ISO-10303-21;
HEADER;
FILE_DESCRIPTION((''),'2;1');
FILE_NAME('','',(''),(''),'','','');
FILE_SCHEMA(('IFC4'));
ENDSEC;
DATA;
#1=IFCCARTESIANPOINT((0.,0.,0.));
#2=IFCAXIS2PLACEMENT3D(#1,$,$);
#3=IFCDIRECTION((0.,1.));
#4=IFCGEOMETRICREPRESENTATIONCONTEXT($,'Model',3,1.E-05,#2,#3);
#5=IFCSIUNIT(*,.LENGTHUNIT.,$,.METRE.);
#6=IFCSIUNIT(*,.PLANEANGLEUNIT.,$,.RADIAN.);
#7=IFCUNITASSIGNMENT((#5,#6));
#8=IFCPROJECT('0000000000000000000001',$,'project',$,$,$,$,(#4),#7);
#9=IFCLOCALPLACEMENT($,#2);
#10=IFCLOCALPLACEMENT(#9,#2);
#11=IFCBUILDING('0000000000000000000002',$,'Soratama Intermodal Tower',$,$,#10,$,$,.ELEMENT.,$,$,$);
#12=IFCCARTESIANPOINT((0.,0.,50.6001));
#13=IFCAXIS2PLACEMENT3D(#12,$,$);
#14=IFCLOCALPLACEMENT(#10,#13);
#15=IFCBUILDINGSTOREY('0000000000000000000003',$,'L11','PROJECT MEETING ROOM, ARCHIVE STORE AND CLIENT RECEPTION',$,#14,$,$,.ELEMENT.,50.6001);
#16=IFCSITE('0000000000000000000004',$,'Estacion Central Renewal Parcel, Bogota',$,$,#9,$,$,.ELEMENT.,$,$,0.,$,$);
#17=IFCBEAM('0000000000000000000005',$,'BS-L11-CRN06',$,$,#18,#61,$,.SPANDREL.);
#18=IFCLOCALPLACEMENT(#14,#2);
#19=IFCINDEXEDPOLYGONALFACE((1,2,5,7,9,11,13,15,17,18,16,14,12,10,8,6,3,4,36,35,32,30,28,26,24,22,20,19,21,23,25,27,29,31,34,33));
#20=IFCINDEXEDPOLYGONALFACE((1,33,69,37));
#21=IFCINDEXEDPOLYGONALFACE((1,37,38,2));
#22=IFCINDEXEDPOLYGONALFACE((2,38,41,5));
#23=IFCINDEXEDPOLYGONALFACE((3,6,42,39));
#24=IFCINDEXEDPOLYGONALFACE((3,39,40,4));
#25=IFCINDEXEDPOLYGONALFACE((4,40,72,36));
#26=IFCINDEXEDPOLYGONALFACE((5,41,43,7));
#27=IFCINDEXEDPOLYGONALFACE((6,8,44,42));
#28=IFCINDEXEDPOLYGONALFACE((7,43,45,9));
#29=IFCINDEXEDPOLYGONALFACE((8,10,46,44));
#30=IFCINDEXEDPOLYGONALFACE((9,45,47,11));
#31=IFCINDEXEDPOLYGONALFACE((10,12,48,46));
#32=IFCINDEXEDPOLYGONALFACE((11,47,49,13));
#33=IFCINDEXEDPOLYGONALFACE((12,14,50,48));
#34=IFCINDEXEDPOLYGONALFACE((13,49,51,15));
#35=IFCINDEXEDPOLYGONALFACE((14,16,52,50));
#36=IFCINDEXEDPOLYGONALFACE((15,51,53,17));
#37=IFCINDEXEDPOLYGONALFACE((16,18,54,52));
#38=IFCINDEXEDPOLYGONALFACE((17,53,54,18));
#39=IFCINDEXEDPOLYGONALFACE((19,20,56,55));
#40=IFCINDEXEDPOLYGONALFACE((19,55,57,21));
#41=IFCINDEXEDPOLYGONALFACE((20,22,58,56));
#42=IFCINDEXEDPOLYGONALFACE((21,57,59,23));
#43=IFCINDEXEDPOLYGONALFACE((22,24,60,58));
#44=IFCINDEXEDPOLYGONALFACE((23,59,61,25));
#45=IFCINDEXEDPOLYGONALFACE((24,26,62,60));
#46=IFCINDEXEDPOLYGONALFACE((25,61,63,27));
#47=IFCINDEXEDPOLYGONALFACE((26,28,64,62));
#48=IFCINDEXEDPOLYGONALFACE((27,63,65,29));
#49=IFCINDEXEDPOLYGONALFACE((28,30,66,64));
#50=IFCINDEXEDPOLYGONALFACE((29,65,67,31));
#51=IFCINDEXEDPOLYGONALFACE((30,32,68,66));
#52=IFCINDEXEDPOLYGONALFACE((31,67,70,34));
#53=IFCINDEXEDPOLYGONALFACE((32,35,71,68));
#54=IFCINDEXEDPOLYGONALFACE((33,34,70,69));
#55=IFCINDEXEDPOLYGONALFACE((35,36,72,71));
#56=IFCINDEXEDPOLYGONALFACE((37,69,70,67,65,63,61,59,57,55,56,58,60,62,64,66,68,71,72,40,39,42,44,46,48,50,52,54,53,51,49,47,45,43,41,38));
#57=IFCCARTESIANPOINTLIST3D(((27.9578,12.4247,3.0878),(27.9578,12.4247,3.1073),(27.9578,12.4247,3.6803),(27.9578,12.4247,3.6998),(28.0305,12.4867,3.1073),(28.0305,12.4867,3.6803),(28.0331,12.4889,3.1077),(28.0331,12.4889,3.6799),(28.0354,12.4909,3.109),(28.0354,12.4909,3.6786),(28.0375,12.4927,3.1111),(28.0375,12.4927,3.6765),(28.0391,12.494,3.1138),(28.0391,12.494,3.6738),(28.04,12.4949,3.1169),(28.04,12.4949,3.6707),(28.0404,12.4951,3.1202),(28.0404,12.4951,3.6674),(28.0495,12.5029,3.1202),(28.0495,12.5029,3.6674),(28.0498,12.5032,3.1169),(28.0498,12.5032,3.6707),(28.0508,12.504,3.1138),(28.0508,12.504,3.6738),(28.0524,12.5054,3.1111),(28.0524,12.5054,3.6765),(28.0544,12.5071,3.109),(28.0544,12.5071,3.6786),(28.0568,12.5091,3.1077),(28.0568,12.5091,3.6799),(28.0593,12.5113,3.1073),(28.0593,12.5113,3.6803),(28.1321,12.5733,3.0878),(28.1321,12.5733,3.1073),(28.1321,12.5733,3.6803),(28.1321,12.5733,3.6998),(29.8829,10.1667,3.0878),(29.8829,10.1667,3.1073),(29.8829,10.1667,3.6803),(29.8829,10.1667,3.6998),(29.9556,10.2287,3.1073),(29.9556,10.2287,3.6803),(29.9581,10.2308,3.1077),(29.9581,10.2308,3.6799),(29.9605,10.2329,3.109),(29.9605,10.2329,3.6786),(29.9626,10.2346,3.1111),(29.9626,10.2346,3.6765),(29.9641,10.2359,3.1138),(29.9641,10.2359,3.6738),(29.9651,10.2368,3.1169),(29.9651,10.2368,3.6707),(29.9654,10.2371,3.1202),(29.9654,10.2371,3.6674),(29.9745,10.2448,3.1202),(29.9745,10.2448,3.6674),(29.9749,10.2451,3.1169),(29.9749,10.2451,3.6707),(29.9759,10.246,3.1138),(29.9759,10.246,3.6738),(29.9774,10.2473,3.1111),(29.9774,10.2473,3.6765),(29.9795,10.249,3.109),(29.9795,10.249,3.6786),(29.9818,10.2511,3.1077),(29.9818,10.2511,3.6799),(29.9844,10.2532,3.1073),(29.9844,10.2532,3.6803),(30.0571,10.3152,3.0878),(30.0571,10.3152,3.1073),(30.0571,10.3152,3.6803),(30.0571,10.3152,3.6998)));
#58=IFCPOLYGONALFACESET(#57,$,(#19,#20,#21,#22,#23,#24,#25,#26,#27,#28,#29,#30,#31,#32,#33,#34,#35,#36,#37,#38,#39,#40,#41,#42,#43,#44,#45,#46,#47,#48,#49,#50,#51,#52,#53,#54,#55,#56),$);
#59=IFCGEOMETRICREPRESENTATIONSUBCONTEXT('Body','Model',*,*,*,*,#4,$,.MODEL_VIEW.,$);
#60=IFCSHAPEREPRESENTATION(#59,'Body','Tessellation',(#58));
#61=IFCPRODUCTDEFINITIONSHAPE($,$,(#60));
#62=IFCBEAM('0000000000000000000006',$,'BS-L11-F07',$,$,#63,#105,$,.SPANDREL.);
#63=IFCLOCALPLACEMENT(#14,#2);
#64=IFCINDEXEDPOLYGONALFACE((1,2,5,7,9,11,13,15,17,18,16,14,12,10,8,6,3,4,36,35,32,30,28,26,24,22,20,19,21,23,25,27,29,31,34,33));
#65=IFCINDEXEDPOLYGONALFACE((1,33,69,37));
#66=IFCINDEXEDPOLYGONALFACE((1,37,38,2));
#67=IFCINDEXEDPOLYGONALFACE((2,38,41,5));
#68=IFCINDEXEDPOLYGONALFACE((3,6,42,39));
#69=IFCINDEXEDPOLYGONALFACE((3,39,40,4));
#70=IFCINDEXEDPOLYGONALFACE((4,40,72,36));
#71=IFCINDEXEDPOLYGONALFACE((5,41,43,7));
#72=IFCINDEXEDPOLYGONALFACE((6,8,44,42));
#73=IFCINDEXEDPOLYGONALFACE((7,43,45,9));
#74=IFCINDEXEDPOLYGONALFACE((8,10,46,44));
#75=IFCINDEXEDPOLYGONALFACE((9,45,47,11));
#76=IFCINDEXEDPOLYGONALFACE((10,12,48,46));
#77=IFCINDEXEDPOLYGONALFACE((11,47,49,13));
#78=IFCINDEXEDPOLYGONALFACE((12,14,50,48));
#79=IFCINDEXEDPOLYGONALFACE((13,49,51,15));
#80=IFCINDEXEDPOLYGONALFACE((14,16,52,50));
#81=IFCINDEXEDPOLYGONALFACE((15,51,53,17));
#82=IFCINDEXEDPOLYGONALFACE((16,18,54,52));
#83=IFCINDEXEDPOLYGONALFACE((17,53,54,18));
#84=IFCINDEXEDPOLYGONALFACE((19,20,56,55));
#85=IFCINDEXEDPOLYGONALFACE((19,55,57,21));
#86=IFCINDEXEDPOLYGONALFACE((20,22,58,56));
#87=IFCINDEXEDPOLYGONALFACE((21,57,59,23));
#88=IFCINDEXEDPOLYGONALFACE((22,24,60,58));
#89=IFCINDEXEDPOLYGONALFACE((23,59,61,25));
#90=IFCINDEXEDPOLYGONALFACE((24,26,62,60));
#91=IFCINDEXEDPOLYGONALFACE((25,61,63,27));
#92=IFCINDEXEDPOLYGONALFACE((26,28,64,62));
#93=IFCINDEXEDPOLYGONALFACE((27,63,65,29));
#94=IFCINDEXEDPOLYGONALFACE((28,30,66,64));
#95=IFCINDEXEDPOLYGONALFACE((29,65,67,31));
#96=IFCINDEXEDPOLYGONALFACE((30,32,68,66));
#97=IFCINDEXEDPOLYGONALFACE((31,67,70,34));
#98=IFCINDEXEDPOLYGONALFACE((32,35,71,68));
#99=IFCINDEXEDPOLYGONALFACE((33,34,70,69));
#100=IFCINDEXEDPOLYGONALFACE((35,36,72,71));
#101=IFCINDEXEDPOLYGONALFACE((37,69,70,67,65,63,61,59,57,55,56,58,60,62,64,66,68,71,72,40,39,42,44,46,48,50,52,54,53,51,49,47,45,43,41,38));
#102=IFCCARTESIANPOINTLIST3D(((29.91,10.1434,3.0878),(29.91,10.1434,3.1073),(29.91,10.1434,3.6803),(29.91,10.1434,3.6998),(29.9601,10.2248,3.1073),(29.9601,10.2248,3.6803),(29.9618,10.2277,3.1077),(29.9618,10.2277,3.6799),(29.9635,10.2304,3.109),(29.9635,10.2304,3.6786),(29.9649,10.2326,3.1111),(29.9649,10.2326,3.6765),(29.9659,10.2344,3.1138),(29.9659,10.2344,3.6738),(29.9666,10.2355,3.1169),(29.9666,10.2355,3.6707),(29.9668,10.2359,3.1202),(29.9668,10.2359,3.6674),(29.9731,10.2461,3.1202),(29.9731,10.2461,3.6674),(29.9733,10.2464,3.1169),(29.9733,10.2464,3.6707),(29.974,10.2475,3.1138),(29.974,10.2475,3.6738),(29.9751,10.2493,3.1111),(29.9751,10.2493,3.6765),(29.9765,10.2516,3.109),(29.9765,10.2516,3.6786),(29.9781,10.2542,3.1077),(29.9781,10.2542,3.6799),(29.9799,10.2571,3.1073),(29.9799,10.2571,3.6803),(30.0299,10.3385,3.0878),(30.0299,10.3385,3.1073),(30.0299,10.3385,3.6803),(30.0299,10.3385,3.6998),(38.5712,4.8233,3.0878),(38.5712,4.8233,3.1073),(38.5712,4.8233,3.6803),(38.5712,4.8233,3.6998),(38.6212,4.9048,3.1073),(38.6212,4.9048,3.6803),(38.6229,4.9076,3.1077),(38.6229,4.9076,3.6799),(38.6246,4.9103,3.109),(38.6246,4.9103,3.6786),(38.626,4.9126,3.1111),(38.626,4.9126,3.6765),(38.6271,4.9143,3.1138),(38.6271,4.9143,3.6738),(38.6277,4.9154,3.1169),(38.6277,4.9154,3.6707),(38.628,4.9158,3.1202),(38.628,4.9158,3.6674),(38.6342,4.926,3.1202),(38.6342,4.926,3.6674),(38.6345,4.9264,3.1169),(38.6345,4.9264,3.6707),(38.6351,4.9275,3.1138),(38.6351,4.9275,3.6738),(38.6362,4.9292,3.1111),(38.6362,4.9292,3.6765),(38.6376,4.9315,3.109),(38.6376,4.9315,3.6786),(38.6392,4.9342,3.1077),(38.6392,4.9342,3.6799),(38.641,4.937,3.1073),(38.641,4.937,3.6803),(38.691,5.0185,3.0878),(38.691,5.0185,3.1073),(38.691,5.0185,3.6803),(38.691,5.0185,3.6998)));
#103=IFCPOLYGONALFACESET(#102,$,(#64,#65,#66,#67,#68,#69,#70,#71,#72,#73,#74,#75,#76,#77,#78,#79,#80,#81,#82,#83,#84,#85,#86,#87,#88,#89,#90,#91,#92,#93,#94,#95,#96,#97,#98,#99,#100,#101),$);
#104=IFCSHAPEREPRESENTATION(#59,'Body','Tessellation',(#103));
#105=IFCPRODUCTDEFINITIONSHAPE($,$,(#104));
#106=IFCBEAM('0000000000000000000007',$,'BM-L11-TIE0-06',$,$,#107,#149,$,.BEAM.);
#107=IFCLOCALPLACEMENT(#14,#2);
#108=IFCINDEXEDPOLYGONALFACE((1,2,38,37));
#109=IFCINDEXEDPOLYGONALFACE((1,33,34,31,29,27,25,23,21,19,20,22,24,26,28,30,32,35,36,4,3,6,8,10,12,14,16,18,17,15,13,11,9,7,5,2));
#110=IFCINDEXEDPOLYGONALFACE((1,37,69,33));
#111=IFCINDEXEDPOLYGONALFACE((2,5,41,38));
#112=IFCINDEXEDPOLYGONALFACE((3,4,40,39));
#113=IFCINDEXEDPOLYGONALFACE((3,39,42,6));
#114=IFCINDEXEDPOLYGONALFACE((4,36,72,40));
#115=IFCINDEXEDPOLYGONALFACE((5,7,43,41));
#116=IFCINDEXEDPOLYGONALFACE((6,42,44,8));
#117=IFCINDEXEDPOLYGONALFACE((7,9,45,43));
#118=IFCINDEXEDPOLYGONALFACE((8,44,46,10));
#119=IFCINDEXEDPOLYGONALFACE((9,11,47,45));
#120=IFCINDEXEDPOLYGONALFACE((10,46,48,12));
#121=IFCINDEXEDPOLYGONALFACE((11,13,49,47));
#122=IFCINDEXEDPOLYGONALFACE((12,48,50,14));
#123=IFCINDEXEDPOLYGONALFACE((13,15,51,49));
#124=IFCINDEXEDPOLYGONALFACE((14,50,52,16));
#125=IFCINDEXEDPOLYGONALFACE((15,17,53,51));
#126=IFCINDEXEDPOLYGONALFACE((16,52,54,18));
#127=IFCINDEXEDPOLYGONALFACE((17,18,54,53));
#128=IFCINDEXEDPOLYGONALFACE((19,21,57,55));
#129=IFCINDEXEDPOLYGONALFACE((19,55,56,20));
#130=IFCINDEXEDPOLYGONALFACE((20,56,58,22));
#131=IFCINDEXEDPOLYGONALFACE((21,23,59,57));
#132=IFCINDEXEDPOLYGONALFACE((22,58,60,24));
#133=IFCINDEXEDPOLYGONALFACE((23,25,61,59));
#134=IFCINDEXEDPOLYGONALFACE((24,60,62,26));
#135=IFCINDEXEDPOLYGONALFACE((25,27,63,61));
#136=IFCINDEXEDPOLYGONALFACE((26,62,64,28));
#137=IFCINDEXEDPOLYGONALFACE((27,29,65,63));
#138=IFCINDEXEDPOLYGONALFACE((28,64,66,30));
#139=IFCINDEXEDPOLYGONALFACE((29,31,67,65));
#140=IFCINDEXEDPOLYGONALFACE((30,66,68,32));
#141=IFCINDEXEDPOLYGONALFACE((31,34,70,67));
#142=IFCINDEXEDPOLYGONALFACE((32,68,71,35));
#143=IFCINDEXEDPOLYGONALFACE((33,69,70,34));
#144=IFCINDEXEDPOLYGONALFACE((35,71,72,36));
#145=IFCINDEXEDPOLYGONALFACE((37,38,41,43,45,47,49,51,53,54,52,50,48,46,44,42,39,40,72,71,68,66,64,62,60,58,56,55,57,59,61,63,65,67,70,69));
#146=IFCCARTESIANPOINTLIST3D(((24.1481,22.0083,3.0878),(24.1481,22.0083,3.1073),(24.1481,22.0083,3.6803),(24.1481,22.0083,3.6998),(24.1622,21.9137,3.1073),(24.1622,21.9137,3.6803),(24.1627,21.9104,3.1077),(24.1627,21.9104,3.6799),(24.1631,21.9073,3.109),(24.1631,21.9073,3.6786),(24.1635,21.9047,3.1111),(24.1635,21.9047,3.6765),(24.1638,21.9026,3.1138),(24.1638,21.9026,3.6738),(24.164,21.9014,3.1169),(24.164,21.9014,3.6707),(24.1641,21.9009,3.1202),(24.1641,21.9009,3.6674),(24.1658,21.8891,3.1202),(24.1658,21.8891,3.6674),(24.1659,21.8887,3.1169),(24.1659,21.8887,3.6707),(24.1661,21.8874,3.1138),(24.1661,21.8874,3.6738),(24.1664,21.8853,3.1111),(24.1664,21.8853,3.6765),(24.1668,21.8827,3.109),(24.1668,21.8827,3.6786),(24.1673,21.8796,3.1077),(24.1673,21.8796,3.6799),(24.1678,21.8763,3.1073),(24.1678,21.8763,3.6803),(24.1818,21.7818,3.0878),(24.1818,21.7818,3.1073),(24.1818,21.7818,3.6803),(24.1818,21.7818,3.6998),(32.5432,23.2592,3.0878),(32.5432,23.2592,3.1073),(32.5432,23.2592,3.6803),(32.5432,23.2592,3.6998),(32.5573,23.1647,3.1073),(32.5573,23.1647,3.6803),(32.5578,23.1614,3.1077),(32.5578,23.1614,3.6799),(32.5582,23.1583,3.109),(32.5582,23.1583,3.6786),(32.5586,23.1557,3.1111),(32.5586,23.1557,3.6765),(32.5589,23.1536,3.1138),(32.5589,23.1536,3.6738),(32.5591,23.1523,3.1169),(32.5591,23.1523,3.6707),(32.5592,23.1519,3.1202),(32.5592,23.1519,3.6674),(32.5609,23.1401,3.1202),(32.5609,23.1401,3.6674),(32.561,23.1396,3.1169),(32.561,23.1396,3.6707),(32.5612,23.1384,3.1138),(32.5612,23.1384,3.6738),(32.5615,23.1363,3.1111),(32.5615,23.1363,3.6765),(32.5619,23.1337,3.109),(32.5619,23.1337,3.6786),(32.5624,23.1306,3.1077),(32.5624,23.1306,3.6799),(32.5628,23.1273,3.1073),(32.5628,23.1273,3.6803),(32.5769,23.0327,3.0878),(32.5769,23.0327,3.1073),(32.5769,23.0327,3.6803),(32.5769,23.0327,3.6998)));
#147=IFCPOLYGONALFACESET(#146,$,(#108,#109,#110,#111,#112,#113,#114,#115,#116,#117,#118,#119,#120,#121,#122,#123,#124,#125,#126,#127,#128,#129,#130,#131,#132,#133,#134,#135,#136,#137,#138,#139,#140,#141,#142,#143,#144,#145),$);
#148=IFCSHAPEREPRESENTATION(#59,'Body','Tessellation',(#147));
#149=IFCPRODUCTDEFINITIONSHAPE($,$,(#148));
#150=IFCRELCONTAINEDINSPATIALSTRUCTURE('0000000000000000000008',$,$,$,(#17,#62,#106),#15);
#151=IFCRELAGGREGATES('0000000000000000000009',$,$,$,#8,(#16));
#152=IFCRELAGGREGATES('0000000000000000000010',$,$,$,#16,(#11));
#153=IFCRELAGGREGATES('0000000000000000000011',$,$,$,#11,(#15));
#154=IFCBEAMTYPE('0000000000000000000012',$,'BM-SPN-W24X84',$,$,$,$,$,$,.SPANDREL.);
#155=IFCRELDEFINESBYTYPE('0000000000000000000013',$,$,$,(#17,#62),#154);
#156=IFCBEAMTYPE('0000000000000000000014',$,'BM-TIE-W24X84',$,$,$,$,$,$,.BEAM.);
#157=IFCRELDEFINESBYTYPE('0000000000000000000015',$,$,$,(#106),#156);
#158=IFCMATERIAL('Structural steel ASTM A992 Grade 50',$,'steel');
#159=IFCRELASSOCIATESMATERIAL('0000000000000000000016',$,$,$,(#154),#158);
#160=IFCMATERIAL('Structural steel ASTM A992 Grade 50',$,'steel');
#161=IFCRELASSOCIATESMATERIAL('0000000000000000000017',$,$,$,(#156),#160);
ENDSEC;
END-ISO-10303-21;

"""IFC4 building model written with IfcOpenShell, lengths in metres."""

from ifc_helpers import new_model, si_unit, direction, frame, origin, origin_2d, place, context, subcontext, project, spatial, i_section, extrude, material, material_profile, profile_set, type_object, element, save


model = new_model("IFC4")

# Units and contexts
model_context = context("Model", 3, precision=1e-05, world=origin(), true_north=direction((0.0, 1.0)))
body_context = subcontext(model_context, "Body", "Model", "MODEL_VIEW")
ifc_project = project(units=[si_unit("LENGTHUNIT", "METRE"), si_unit("PLANEANGLEUNIT", "RADIAN")], contexts=[model_context])

# Site, building, storey
site_placement = place(None, origin())
site = spatial("IfcSite", under=ifc_project, at=site_placement, Name="Estacion Central Renewal Parcel, Bogota", CompositionType="ELEMENT", RefElevation=0.0)
building_placement = place(site_placement, origin())
building = spatial("IfcBuilding", under=site, at=building_placement, Name="Soratama Intermodal Tower", CompositionType="ELEMENT")
storey_placement = place(building_placement, frame((0.0, 0.0, 50.6001)))
storey = spatial("IfcBuildingStorey", under=building, at=storey_placement, Name="L11", Description="PROJECT MEETING ROOM, ARCHIVE STORE AND CLIENT RECEPTION", CompositionType="ELEMENT", Elevation=50.6001)

# Beams
ifc_material_1 = material(Name="Structural steel ASTM A992 Grade 50", Category="steel")
ifc_material_profile_1 = material_profile(ifc_material_1, i_section(OverallWidth=0.229, OverallDepth=0.6121, WebThickness=0.012, FlangeThickness=0.0195, FilletRadius=0.0129, at=origin_2d()), Name="W24X84")
ifc_profile_set_1 = profile_set([ifc_material_profile_1], Name="Structural steel ASTM A992 Grade 50")
beam_type_1 = type_object("IfcBeamType", Name="BM-SPN-W24X84", PredefinedType="SPANDREL", material=ifc_profile_set_1)
beam_1_placement = place(storey_placement, frame((28.0449, 12.499, 3.3938), z_axis=(0.648763, -0.76099, 0.0), x_axis=(0.76099, 0.648763, 0.0)))
element("IfcBeam", 1, at=beam_1_placement, inside=storey, type_object=beam_type_1, Name="BS-L11-CRN06", PredefinedType="SPANDREL", context=body_context, shape_type="SweptSolid", body=[
    extrude(i_section(OverallWidth=0.229, OverallDepth=0.6121, WebThickness=0.012, FlangeThickness=0.0195, FilletRadius=0.0129, at=origin_2d()), origin(), (0.0, 0.0, 1.0), 2.9673),
])
beam_2_placement = place(storey_placement, frame((29.97, 10.241, 3.3938), z_axis=(0.852091, -0.523394, 0.0), x_axis=(0.523394, 0.852091, 0.0)))
element("IfcBeam", 2, at=beam_2_placement, inside=storey, type_object=beam_type_1, Name="BS-L11-F07", PredefinedType="SPANDREL", context=body_context, shape_type="SweptSolid", body=[
    extrude(i_section(OverallWidth=0.229, OverallDepth=0.6121, WebThickness=0.012, FlangeThickness=0.0195, FilletRadius=0.0129, at=origin_2d()), origin(), (0.0, 0.0, 1.0), 10.1646),
])
ifc_material_2 = material(Name="Structural steel ASTM A992 Grade 50", Category="steel")
ifc_material_profile_2 = material_profile(ifc_material_2, i_section(OverallWidth=0.229, OverallDepth=0.6121, WebThickness=0.012, FlangeThickness=0.0195, FilletRadius=0.0129, at=origin_2d()), Name="W24X84")
ifc_profile_set_2 = profile_set([ifc_material_profile_2], Name="Structural steel ASTM A992 Grade 50")
beam_type_2 = type_object("IfcBeamType", Name="BM-TIE-W24X84", PredefinedType="BEAM", material=ifc_profile_set_2)
beam_3_placement = place(storey_placement, frame((32.5601, 23.146, 3.3938), z_axis=(-0.989079, -0.147387, 0.0), x_axis=(0.147387, -0.989079, 0.0)))
element("IfcBeam", 3, at=beam_3_placement, inside=storey, type_object=beam_type_2, Name="BM-L11-TIE0-06", PredefinedType="BEAM", context=body_context, shape_type="SweptSolid", body=[
    extrude(i_section(OverallWidth=0.229, OverallDepth=0.6121, WebThickness=0.012, FlangeThickness=0.0195, FilletRadius=0.0129, at=origin_2d()), origin(), (0.0, 0.0, 1.0), 8.4878),
])

save(model, "model.ifc")
